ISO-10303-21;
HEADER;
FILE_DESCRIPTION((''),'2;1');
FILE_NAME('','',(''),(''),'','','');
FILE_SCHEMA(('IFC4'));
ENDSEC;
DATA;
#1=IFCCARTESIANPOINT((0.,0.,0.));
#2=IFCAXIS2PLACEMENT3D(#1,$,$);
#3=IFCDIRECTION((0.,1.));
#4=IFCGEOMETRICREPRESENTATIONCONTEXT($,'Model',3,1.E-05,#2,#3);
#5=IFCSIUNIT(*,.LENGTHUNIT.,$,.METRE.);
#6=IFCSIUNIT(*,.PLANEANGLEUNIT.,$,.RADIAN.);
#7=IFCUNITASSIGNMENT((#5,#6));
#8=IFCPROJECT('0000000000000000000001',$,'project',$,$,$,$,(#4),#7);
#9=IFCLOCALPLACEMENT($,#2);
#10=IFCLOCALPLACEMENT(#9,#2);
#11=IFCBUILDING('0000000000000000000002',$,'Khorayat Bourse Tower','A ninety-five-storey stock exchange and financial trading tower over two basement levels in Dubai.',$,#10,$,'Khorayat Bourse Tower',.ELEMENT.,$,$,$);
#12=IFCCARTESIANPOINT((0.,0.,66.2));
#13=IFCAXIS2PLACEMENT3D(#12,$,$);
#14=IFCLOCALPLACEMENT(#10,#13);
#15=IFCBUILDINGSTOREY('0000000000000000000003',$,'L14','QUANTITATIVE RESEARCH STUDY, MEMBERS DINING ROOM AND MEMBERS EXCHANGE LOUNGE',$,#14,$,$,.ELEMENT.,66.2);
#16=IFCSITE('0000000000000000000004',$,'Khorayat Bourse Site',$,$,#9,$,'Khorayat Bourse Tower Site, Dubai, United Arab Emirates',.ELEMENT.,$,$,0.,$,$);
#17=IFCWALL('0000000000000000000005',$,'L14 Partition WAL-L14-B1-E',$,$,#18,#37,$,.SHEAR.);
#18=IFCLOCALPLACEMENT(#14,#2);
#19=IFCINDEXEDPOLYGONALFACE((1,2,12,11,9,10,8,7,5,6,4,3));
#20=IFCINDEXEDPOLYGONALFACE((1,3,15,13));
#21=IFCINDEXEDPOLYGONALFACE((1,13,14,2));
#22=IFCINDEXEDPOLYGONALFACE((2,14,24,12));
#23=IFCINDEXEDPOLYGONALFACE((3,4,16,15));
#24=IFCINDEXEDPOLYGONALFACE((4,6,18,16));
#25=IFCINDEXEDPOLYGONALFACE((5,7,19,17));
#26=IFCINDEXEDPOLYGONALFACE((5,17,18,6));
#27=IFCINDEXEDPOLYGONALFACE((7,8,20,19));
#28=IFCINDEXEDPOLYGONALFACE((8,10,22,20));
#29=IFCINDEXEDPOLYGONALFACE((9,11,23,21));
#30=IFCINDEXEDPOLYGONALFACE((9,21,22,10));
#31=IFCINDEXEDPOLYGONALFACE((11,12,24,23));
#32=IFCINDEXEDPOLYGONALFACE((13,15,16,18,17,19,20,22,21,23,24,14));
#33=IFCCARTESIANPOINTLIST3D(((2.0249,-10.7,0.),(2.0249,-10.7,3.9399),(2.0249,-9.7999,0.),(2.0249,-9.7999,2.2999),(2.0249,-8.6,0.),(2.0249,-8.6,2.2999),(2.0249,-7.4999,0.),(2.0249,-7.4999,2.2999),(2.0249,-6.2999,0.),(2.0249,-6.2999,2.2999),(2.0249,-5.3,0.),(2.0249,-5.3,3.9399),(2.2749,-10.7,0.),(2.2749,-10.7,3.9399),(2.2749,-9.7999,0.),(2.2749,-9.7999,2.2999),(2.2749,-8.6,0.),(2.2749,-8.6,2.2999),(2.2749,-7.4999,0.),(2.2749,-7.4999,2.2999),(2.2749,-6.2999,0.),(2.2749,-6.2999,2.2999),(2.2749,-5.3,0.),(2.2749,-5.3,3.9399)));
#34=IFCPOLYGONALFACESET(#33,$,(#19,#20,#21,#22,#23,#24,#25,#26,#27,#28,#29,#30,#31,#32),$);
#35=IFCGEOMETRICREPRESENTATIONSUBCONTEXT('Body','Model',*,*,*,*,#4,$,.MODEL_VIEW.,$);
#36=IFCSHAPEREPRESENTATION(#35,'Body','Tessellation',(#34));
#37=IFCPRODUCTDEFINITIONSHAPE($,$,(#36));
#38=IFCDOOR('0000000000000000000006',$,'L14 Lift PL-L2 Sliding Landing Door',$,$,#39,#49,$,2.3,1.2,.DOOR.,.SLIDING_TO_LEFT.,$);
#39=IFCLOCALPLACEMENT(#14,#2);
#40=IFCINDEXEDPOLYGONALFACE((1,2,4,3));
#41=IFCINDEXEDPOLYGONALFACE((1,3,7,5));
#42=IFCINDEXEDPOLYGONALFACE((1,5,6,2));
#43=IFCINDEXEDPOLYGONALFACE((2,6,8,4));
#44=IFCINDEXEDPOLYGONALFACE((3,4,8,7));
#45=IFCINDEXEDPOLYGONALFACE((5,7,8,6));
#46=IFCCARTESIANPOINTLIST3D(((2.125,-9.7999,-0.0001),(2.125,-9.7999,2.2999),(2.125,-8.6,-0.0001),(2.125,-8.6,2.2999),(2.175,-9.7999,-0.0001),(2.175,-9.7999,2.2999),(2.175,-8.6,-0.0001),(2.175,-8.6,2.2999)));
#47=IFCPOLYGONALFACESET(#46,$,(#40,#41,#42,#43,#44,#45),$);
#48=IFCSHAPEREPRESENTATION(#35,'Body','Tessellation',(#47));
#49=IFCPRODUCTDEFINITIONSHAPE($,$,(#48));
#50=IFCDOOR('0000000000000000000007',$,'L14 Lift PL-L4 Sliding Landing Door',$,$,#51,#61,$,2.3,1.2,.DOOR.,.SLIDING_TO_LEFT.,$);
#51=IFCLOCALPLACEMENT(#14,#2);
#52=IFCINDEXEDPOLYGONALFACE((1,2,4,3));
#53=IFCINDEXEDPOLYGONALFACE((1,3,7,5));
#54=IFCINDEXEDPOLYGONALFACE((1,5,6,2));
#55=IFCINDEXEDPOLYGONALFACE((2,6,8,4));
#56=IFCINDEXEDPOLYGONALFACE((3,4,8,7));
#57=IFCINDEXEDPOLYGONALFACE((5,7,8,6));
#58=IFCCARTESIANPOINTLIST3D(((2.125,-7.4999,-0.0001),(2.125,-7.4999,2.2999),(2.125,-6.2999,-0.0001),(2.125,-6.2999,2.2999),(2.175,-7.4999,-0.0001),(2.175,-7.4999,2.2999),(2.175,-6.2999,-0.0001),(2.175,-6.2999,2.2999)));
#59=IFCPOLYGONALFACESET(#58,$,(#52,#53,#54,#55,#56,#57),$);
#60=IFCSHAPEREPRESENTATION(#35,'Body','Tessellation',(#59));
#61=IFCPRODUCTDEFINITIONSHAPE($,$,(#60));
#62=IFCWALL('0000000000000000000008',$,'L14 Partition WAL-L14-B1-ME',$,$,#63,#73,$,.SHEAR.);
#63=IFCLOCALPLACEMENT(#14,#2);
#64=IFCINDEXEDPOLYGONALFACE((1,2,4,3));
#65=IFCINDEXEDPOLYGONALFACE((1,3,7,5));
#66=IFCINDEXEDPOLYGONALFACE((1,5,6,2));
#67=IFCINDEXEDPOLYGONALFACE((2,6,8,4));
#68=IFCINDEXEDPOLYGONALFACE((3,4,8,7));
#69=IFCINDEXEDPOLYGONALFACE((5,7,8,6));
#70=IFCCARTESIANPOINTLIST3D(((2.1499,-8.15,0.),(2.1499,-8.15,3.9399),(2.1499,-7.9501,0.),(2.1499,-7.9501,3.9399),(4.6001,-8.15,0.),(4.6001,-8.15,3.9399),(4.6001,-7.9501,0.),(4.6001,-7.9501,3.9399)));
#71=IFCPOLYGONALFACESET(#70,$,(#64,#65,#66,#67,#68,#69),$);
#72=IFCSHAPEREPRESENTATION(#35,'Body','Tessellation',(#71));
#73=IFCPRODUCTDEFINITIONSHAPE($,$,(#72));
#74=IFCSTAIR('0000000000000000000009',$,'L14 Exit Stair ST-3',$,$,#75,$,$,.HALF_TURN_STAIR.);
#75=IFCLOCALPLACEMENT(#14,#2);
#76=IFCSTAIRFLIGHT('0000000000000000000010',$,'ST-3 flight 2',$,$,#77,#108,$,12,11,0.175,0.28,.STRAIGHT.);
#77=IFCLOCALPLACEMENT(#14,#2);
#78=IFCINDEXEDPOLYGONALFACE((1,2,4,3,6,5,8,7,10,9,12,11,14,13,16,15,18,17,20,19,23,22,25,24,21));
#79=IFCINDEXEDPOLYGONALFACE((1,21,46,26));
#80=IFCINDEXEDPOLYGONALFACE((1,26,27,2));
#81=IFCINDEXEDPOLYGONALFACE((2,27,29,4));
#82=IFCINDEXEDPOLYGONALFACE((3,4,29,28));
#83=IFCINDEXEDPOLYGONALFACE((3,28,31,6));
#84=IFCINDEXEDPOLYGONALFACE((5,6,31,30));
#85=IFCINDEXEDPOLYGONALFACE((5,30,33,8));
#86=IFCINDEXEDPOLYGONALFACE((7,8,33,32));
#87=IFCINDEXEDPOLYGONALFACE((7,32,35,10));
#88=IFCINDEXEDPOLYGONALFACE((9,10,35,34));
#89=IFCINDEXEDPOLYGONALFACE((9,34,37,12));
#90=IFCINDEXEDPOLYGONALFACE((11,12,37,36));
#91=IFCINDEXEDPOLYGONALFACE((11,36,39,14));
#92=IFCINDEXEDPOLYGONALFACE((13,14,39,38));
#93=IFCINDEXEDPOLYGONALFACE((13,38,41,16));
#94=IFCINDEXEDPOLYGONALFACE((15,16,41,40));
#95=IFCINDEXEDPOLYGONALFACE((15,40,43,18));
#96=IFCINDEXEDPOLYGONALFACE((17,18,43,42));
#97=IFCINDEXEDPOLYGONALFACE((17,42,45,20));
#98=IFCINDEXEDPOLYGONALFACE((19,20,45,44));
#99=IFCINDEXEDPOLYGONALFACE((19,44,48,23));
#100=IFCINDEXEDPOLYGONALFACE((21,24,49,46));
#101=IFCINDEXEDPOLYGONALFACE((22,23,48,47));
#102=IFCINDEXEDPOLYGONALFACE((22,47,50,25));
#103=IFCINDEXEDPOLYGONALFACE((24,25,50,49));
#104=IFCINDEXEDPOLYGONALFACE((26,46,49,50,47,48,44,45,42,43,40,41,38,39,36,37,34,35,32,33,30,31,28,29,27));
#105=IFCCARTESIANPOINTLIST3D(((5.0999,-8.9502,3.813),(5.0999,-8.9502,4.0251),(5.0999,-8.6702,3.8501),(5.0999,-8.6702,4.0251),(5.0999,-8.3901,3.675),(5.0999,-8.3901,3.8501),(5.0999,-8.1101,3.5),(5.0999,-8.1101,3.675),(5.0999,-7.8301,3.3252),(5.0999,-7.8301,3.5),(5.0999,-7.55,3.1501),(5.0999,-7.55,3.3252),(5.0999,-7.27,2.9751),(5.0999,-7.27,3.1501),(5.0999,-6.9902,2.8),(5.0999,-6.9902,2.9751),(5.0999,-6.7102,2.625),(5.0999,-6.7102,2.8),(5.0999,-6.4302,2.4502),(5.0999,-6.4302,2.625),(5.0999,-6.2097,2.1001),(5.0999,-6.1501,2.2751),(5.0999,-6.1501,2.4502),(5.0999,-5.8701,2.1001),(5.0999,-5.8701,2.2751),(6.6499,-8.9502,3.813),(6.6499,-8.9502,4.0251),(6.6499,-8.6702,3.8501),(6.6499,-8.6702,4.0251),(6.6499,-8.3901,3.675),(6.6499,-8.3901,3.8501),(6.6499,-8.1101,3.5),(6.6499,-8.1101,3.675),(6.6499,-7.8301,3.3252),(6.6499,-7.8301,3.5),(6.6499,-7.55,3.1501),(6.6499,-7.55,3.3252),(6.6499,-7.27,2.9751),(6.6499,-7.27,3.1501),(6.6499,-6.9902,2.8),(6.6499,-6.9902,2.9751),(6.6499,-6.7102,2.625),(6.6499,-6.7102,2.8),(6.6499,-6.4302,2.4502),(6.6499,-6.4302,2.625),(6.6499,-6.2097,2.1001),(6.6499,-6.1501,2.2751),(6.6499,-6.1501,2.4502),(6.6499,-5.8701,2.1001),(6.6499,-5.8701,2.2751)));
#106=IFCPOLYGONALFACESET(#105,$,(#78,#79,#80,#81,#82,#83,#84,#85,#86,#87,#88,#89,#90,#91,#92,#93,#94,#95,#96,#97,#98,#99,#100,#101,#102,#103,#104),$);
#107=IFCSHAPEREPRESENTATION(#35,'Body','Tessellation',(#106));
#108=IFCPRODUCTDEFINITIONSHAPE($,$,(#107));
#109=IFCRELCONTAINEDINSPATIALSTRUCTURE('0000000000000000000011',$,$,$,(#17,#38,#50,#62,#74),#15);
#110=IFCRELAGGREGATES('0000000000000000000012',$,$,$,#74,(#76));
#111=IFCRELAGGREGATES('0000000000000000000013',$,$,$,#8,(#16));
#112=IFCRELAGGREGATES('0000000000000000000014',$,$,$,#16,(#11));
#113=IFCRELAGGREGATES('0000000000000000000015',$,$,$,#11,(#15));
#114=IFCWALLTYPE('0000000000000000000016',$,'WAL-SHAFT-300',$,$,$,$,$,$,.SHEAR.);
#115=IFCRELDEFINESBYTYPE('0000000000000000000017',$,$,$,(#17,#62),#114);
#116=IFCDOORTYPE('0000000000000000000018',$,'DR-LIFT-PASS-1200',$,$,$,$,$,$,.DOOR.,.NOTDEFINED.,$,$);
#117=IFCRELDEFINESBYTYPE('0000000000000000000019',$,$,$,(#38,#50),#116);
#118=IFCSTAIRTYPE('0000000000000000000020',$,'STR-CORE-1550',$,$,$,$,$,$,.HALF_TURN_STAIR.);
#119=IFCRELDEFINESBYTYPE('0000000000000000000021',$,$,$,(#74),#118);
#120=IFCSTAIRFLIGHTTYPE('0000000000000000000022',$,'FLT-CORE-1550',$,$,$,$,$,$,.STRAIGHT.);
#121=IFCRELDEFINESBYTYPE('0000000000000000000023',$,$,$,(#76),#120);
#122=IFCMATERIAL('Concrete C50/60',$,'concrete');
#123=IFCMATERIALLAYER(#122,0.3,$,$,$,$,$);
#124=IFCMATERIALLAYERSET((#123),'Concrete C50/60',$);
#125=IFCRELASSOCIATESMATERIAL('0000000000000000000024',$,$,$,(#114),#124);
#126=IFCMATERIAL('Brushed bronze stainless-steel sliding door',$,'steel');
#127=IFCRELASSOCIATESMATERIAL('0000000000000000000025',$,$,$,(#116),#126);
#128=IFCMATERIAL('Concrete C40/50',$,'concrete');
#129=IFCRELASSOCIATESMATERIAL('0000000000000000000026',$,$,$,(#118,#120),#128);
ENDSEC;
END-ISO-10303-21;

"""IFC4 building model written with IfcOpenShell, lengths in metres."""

from ifc_helpers import new_model, si_unit, direction, frame, frame_2d, origin, place, context, subcontext, project, spatial, polyline, rectangle, outline, extrude, source, transform, mapped, material, layer, layer_set, type_object, element, fill, aggregate, save


model = new_model("IFC4")

# Units and contexts
model_context = context("Model", 3, precision=1e-05, world=origin(), true_north=direction((0.0, 1.0)))
body_context = subcontext(model_context, "Body", "Model", "MODEL_VIEW")
ifc_project = project(units=[si_unit("LENGTHUNIT", "METRE"), si_unit("PLANEANGLEUNIT", "RADIAN")], contexts=[model_context])

# Site, building, storey
site_placement = place(None, origin())
site = spatial("IfcSite", under=ifc_project, at=site_placement, Name="Khorayat Bourse Site", LongName="Khorayat Bourse Tower Site, Dubai, United Arab Emirates", CompositionType="ELEMENT", RefElevation=0.0)
building_placement = place(site_placement, origin())
building = spatial("IfcBuilding", under=site, at=building_placement, Name="Khorayat Bourse Tower", Description="A ninety-five-storey stock exchange and financial trading tower over two basement levels in Dubai.", LongName="Khorayat Bourse Tower", CompositionType="ELEMENT")
storey_placement = place(building_placement, frame((0.0, 0.0, 66.2)))
storey = spatial("IfcBuildingStorey", under=building, at=storey_placement, Name="L14", Description="QUANTITATIVE RESEARCH STUDY, MEMBERS DINING ROOM AND MEMBERS EXCHANGE LOUNGE", CompositionType="ELEMENT", Elevation=66.2)

# Wall, openings, doors
ifc_material_1 = material(Name="Concrete C50/60", Category="concrete")
ifc_layer_1 = layer(ifc_material_1, 0.3)
ifc_layer_set_1 = layer_set([ifc_layer_1], Name="Concrete C50/60")
wall_type_1 = type_object("IfcWallType", Name="WAL-SHAFT-300", PredefinedType="SHEAR", material=ifc_layer_set_1)
shared_shape_1 = source(origin(), body_context, "Body", "SweptSolid", [
    extrude(rectangle(XDim=5.3999, YDim=0.25, at=frame_2d((2.7, 0.0))), origin(), (0.0, 0.0, 1.0), 3.9399),
])
shared_shape_2 = source(origin(), body_context, "Body", "SweptSolid", [
    extrude(rectangle(XDim=1.2, YDim=2.3, at=frame_2d((0.6001, 1.1499))), frame((0.0, 0.135, 0.0), z_axis=(0.0, -1.0, 0.0), x_axis=(1.0, 0.0, 0.0)), (0.0, 0.0, 1.0), 0.27),
])
ifc_material_2 = material(Name="Brushed bronze stainless-steel sliding door", Category="steel")
door_type_1 = type_object("IfcDoorType", Name="DR-LIFT-PASS-1200", OperationType="NOTDEFINED", PredefinedType="DOOR", material=ifc_material_2)
shared_shape_3 = source(origin(), body_context, "Body", "SweptSolid", [
    extrude(rectangle(XDim=1.2, YDim=2.3, at=frame_2d((0.6001, 1.1499))), frame((0.0, 0.0249, 0.0), z_axis=(0.0, -1.0, 0.0), x_axis=(1.0, 0.0, 0.0)), (0.0, 0.0, 1.0), 0.05),
])
wall_1_placement = place(storey_placement, frame((2.1499, -10.7, 0.0), z_axis=(0.0, 0.0, 1.0), x_axis=(0.0, 1.0, 0.0)))
wall_1 = element("IfcWall", 1, at=wall_1_placement, inside=storey, type_object=wall_type_1, Name="L14 Partition WAL-L14-B1-E", PredefinedType="SHEAR", context=body_context, shape_type="MappedRepresentation", body=[
    mapped(shared_shape_1, transform((0.0, 0.0, 0.0), scale=1.0)),
])
opening_1_placement = place(wall_1_placement, frame((0.8999, 0.0, 0.0)))
opening_1 = element("IfcOpeningElement", 2, at=opening_1_placement, cuts=wall_1, PredefinedType="OPENING", context=body_context, shape_type="MappedRepresentation", body=[
    mapped(shared_shape_2, transform((0.0, 0.0, 0.0), scale=1.0)),
])
opening_2_placement = place(wall_1_placement, frame((3.2, 0.0, 0.0)))
opening_2 = element("IfcOpeningElement", 3, at=opening_2_placement, cuts=wall_1, PredefinedType="OPENING", context=body_context, shape_type="MappedRepresentation", body=[
    mapped(shared_shape_2, transform((0.0, 0.0, 0.0), scale=1.0)),
])
door_1_placement = place(opening_1_placement, origin())
door_1 = element("IfcDoor", 4, at=door_1_placement, inside=storey, type_object=door_type_1, Name="L14 Lift PL-L2 Sliding Landing Door", OperationType="SLIDING_TO_LEFT", OverallHeight=2.3, OverallWidth=1.2, PredefinedType="DOOR", context=body_context, shape_type="MappedRepresentation", body=[
    mapped(shared_shape_3, transform((0.0, 0.0, 0.0), scale=1.0)),
])
fill(opening_1, door_1)
door_2_placement = place(opening_2_placement, origin())
door_2 = element("IfcDoor", 5, at=door_2_placement, inside=storey, type_object=door_type_1, Name="L14 Lift PL-L4 Sliding Landing Door", OperationType="SLIDING_TO_LEFT", OverallHeight=2.3, OverallWidth=1.2, PredefinedType="DOOR", context=body_context, shape_type="MappedRepresentation", body=[
    mapped(shared_shape_3, transform((0.0, 0.0, 0.0), scale=1.0)),
])
fill(opening_2, door_2)

# Wall
shared_shape_4 = source(origin(), body_context, "Body", "SweptSolid", [
    extrude(rectangle(XDim=2.4502, YDim=0.2, at=frame_2d((1.2251, 0.0))), origin(), (0.0, 0.0, 1.0), 3.9399),
])
wall_2_placement = place(storey_placement, frame((2.1499, -8.05, 0.0), z_axis=(0.0, 0.0, 1.0), x_axis=(1.0, 0.0, 0.0)))
element("IfcWall", 6, at=wall_2_placement, inside=storey, type_object=wall_type_1, Name="L14 Partition WAL-L14-B1-ME", PredefinedType="SHEAR", context=body_context, shape_type="MappedRepresentation", body=[
    mapped(shared_shape_4, transform((0.0, 0.0, 0.0), scale=1.0)),
])

# Stair, stair flight
ifc_material_3 = material(Name="Concrete C40/50", Category="concrete")
stair_type = type_object("IfcStairType", Name="STR-CORE-1550", PredefinedType="HALF_TURN_STAIR", material=ifc_material_3)
stair_placement = place(storey_placement, origin())
stair = element("IfcStair", 7, at=stair_placement, inside=storey, type_object=stair_type, Name="L14 Exit Stair ST-3", PredefinedType="HALF_TURN_STAIR")
stair_flight_type = type_object("IfcStairFlightType", Name="FLT-CORE-1550", PredefinedType="STRAIGHT", material=ifc_material_3)
shared_shape_5 = source(origin(), body_context, "Body", "SweptSolid", [
    extrude(outline(polyline([(0.0, 0.0), (0.0, 0.175), (0.28, 0.175), (0.28, 0.3501), (0.5601, 0.3501), (0.5601, 0.5249), (0.8401, 0.5249), (0.8401, 0.7), (1.1201, 0.7), (1.1201, 0.875), (1.3999, 0.875), (1.3999, 1.05), (1.6799, 1.05), (1.6799, 1.2251), (1.96, 1.2251), (1.96, 1.3999), (2.24, 1.3999), (2.24, 1.575), (2.52, 1.575), (2.52, 1.75), (2.8, 1.75), (2.8, 1.925), (3.0801, 1.925), (3.0801, 2.1001), (3.0801, 1.7129), (0.3396, 0.0), (0.0, 0.0)])), frame((0.0, 0.7749, 0.0), z_axis=(0.0, -1.0, 0.0), x_axis=(1.0, 0.0, 0.0)), (0.0, 0.0, 1.0), 1.55),
])
stair_flight_placement = place(storey_placement, frame((5.875, -5.8701, 2.1001), z_axis=(0.0, 0.0, 1.0), x_axis=(0.0, -1.0, 0.0)))
stair_flight = element("IfcStairFlight", 8, at=stair_flight_placement, type_object=stair_flight_type, Name="ST-3 flight 2", NumberOfRisers=12, NumberOfTreads=11, PredefinedType="STRAIGHT", RiserHeight=0.175, TreadLength=0.28, context=body_context, shape_type="MappedRepresentation", body=[
    mapped(shared_shape_5, transform((0.0, 0.0, 0.0), scale=1.0)),
])
aggregate(stair, [stair_flight])

save(model, "model.ifc")
